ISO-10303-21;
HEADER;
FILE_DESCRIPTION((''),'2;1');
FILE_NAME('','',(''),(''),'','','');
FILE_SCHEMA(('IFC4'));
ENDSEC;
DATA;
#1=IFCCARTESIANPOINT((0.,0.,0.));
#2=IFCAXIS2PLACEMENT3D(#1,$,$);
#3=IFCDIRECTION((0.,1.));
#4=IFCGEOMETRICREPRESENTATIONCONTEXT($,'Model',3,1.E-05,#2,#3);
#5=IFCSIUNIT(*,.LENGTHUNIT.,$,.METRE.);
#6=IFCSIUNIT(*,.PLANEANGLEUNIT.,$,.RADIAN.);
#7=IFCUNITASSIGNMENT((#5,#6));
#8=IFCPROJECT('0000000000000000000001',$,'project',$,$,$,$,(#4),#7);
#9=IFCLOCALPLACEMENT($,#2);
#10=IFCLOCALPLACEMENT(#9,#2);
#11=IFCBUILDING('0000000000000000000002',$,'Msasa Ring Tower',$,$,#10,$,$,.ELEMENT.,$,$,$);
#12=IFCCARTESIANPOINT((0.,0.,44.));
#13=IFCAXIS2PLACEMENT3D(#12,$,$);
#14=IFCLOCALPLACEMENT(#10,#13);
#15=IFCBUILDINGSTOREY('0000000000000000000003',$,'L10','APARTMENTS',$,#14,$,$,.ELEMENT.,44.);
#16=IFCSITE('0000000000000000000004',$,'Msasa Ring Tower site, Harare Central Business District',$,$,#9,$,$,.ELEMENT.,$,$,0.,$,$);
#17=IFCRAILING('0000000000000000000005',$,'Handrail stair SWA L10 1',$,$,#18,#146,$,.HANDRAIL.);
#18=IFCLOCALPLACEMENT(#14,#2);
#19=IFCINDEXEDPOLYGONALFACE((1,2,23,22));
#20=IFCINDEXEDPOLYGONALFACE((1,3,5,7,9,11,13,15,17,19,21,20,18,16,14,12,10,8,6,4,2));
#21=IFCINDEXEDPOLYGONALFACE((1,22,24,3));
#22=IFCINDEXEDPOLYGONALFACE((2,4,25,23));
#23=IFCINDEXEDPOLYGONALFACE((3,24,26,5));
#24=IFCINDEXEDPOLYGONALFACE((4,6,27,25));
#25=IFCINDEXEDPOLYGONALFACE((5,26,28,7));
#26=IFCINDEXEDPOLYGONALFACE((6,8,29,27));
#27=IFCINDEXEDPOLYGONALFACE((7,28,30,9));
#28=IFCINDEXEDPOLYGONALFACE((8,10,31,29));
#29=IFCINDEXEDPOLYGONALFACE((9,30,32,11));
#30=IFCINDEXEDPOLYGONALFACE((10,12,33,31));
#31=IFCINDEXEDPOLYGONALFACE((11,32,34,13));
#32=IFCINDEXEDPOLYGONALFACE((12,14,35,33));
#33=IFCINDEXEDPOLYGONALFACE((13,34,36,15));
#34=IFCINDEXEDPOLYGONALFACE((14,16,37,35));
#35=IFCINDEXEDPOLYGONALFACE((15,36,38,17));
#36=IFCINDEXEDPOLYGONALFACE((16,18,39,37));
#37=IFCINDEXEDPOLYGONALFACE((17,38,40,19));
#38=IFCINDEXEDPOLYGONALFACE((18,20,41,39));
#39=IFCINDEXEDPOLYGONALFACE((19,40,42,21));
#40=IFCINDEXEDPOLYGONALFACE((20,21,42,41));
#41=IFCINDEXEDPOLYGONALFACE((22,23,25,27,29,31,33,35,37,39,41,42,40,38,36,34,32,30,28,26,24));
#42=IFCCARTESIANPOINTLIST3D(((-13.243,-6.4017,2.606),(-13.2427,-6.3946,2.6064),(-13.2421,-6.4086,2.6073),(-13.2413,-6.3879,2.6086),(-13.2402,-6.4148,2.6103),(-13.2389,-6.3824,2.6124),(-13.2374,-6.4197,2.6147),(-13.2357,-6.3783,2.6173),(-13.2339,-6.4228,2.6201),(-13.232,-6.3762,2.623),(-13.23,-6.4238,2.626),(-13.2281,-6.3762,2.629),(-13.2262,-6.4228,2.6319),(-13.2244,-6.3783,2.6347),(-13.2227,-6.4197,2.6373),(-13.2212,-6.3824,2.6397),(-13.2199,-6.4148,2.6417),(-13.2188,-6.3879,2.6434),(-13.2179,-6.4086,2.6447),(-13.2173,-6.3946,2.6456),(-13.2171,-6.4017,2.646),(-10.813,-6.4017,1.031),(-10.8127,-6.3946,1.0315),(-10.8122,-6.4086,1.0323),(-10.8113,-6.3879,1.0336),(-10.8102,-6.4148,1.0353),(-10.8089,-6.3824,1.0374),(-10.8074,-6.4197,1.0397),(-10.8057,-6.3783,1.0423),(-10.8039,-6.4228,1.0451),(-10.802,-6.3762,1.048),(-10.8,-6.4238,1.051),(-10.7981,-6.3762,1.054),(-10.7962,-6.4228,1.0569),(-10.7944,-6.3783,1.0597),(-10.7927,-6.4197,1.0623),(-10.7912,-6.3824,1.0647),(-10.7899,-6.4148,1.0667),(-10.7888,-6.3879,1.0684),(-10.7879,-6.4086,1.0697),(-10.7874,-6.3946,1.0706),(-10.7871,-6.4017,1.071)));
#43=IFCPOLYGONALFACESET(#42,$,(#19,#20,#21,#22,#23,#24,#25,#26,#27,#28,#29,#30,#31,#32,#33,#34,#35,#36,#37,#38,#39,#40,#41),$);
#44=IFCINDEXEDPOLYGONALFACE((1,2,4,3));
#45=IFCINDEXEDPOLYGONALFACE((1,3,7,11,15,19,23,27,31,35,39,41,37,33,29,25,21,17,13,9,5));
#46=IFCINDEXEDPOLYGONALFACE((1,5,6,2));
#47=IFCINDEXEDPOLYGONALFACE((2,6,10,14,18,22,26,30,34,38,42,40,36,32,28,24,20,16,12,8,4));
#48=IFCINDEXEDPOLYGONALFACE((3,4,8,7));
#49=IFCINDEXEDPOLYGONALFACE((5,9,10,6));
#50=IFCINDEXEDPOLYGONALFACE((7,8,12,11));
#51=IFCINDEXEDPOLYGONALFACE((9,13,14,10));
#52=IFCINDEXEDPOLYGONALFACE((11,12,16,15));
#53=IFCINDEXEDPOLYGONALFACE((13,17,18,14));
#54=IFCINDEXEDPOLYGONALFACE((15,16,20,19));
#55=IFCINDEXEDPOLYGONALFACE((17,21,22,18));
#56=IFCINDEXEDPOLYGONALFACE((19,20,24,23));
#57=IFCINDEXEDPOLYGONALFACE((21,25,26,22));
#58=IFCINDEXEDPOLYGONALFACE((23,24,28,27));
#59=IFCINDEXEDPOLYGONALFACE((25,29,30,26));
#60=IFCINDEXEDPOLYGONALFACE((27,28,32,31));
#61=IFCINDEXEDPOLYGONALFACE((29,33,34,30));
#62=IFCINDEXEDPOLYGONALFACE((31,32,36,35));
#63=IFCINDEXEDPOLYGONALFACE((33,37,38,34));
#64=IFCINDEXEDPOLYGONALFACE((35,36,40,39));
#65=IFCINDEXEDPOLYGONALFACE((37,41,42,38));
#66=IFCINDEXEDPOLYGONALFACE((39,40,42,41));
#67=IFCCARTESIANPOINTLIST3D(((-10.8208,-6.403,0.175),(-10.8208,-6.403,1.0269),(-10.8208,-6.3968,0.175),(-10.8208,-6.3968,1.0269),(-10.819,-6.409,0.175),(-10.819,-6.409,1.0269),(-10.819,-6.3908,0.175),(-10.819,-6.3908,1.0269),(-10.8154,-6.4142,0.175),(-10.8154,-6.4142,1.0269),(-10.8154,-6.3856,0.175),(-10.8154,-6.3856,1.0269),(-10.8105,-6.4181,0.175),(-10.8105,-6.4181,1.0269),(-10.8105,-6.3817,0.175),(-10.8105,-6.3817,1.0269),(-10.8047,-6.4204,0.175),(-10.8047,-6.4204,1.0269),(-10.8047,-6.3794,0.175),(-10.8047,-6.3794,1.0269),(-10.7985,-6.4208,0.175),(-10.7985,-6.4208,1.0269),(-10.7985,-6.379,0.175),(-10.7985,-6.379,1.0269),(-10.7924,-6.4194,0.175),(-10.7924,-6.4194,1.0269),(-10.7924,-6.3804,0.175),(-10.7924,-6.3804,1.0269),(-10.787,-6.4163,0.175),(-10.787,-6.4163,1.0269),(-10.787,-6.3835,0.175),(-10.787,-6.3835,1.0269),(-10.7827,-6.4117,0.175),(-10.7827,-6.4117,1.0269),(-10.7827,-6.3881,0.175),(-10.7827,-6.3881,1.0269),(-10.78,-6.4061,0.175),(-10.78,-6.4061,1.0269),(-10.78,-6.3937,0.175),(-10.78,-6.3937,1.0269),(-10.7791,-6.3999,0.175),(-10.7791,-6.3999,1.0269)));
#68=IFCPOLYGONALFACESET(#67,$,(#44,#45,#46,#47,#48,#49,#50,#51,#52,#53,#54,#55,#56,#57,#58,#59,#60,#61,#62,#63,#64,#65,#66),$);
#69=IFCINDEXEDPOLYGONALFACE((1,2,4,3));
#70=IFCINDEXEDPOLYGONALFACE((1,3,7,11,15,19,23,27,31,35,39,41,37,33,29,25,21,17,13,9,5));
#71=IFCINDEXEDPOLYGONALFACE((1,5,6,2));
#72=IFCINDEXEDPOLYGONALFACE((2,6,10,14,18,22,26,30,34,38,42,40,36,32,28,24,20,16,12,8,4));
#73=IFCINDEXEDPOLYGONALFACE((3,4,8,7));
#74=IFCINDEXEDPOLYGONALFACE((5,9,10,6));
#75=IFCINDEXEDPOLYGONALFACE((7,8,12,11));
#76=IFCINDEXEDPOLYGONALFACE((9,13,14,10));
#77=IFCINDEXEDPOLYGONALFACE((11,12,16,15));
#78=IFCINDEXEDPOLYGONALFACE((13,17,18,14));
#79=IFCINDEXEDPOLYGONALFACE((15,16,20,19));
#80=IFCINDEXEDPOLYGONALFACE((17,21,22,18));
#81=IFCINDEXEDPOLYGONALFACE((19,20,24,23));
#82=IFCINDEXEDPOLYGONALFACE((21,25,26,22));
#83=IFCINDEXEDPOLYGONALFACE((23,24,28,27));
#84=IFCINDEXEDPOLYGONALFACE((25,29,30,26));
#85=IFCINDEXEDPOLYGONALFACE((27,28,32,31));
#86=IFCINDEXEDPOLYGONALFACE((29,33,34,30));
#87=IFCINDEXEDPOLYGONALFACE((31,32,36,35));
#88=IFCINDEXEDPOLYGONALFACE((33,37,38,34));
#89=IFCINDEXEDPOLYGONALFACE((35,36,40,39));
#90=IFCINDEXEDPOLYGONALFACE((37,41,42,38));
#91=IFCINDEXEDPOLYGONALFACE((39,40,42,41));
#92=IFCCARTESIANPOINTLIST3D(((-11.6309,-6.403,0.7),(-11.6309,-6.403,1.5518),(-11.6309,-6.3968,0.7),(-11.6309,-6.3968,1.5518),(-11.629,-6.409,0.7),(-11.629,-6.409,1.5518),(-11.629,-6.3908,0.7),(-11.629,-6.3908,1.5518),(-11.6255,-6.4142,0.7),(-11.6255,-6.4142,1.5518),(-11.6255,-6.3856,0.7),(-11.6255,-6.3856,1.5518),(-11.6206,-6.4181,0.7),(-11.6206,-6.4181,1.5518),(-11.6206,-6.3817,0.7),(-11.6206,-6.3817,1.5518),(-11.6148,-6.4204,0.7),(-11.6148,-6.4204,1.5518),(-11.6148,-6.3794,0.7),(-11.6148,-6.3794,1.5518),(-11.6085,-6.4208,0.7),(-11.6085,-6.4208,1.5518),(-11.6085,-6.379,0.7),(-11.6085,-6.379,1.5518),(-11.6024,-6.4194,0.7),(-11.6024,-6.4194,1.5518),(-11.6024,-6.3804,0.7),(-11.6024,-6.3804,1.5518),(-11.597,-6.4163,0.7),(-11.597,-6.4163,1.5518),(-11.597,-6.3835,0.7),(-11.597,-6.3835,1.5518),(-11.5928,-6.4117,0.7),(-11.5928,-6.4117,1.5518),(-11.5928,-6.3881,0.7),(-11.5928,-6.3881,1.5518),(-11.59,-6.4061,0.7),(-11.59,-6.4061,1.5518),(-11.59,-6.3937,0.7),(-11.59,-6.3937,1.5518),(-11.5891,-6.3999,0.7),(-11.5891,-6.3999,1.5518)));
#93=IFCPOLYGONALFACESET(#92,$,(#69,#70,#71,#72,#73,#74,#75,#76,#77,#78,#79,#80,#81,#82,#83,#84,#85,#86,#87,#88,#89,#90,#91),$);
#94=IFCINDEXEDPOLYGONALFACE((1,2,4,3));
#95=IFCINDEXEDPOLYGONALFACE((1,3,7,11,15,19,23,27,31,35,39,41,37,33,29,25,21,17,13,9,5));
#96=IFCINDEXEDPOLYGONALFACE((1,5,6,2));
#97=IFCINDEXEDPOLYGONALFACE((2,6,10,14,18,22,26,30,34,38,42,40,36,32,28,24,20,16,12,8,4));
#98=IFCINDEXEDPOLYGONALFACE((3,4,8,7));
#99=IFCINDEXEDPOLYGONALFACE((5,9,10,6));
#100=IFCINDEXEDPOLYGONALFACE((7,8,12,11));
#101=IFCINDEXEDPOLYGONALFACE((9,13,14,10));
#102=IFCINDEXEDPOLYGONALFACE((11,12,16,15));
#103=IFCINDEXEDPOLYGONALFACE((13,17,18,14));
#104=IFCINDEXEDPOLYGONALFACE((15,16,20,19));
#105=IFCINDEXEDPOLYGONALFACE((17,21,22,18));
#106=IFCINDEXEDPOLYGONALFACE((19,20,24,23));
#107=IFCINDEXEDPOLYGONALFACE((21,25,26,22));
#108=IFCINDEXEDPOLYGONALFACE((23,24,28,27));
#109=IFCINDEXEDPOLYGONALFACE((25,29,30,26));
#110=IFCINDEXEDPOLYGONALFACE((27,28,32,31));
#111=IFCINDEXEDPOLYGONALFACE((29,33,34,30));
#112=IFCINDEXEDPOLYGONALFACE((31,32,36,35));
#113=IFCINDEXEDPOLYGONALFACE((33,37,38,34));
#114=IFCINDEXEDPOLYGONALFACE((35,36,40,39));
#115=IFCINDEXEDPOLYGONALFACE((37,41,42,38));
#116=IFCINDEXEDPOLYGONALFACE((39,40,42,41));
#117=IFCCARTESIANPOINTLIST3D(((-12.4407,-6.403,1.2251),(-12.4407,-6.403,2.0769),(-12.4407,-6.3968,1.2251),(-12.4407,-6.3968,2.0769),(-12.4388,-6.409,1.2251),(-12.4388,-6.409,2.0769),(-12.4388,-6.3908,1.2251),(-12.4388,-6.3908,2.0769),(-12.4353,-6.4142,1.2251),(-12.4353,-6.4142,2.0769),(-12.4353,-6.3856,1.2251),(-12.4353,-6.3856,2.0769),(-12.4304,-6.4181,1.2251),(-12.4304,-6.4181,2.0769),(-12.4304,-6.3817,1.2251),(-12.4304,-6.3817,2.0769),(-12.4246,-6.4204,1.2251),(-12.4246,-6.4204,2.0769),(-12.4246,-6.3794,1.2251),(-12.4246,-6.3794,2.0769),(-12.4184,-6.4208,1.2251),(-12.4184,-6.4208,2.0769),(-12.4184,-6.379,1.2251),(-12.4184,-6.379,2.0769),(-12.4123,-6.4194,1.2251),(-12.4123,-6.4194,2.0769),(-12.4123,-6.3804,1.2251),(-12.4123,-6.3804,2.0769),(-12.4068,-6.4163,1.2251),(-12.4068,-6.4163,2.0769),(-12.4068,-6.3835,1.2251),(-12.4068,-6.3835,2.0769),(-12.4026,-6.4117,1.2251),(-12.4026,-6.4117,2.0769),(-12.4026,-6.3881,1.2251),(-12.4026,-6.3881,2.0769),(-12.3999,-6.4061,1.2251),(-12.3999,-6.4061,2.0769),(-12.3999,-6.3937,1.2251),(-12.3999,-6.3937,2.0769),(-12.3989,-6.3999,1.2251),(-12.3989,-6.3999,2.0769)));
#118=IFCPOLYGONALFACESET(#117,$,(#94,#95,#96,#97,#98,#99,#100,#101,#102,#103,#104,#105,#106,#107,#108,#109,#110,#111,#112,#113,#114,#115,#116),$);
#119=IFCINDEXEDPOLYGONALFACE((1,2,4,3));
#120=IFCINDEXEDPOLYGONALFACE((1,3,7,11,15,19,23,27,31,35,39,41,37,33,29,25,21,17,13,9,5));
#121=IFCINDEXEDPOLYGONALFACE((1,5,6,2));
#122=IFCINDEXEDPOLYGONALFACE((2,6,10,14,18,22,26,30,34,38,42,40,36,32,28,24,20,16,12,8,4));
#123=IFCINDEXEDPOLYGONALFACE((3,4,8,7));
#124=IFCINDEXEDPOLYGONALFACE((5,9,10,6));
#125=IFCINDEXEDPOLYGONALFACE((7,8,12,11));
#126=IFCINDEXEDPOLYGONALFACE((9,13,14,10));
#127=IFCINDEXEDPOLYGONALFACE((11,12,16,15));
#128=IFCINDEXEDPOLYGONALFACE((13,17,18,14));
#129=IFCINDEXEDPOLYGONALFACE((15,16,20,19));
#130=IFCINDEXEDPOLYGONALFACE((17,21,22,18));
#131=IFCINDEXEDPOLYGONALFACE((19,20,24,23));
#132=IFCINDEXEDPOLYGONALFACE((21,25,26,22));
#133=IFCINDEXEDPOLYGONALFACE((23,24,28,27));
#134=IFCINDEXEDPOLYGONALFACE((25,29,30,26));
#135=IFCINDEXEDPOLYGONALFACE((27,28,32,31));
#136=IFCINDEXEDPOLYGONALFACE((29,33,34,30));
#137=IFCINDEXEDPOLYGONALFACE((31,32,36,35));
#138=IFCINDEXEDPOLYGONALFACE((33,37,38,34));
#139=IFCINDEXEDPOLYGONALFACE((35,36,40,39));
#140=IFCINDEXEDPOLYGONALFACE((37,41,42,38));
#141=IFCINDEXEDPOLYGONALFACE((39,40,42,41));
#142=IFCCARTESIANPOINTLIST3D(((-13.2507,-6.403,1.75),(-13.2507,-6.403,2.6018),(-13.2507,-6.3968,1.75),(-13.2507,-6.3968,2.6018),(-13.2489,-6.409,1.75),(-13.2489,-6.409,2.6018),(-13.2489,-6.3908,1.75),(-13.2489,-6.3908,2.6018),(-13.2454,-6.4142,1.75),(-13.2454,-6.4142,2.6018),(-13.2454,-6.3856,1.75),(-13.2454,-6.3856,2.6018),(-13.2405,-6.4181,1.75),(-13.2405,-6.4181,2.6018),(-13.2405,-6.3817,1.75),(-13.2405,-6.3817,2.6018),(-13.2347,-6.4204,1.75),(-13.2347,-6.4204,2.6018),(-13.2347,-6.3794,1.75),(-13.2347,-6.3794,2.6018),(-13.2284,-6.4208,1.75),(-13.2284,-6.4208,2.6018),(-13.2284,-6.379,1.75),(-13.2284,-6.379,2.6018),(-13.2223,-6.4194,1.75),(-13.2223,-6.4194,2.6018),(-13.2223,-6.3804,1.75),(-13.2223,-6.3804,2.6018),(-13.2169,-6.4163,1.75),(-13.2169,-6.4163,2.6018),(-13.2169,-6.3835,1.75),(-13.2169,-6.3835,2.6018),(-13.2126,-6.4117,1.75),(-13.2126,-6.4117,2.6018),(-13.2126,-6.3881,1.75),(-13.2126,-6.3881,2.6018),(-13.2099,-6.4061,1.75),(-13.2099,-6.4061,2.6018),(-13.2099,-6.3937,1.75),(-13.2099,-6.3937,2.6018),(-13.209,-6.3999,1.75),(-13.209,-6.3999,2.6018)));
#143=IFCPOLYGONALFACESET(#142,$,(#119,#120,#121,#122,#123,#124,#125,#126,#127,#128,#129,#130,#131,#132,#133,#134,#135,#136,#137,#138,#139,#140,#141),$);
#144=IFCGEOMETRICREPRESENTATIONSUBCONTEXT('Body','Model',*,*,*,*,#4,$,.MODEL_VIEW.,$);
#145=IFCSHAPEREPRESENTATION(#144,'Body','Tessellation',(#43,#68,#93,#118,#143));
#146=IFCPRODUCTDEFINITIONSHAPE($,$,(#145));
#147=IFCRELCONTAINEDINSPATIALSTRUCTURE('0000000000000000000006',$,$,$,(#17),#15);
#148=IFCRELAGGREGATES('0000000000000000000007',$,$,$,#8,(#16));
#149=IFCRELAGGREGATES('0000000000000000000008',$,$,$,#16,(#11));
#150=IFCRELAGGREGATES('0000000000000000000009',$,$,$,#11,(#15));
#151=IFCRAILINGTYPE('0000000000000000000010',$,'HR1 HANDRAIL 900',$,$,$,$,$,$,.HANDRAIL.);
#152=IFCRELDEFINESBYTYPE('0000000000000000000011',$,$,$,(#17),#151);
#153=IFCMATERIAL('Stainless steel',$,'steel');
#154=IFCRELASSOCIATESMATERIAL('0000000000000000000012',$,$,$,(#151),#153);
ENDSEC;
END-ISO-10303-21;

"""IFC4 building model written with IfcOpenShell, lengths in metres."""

from ifc_helpers import new_model, si_unit, direction, frame, origin, origin_2d, place, context, subcontext, project, spatial, circle, extrude, material, type_object, element, save


model = new_model("IFC4")

# Units and contexts
model_context = context("Model", 3, precision=1e-05, world=origin(), true_north=direction((0.0, 1.0)))
body_context = subcontext(model_context, "Body", "Model", "MODEL_VIEW")
ifc_project = project(units=[si_unit("LENGTHUNIT", "METRE"), si_unit("PLANEANGLEUNIT", "RADIAN")], contexts=[model_context])

# Site, building, storey
site_placement = place(None, origin())
site = spatial("IfcSite", under=ifc_project, at=site_placement, Name="Msasa Ring Tower site, Harare Central Business District", CompositionType="ELEMENT", RefElevation=0.0)
building_placement = place(site_placement, origin())
building = spatial("IfcBuilding", under=site, at=building_placement, Name="Msasa Ring Tower", CompositionType="ELEMENT")
storey_placement = place(building_placement, frame((0.0, 0.0, 44.0)))
storey = spatial("IfcBuildingStorey", under=building, at=storey_placement, Name="L10", Description="APARTMENTS", CompositionType="ELEMENT", Elevation=44.0)

# Railing
ifc_material_1 = material(Name="Stainless steel", Category="steel")
railing_type = type_object("IfcRailingType", Name="HR1 HANDRAIL 900", PredefinedType="HANDRAIL", material=ifc_material_1)
for number, where, name in (
    (1, (-10.8, -6.3999, 0.175), "Handrail stair SWA L10 1"),
):
    element("IfcRailing", number, at=place(storey_placement, frame(where)), inside=storey, type_object=railing_type, Name=name, PredefinedType="HANDRAIL", context=body_context, shape_type="SweptSolid", body=[
        extrude(circle(Radius=0.0239, at=origin_2d()), frame((0.0, 0.0, 0.876), z_axis=(-0.839154, 0.0, 0.543894), x_axis=(0.0, -1.0, 0.0)), (0.0, 0.0, 1.0), 2.8958),
        extrude(circle(Radius=0.021, at=origin_2d()), origin(), (0.0, 0.0, 1.0), 0.8518),
        extrude(circle(Radius=0.021, at=origin_2d()), frame((-0.8101, 0.0, 0.5249)), (0.0, 0.0, 1.0), 0.8518),
        extrude(circle(Radius=0.021, at=origin_2d()), frame((-1.6199, 0.0, 1.05)), (0.0, 0.0, 1.0), 0.8518),
        extrude(circle(Radius=0.021, at=origin_2d()), frame((-2.4299, 0.0, 1.575)), (0.0, 0.0, 1.0), 0.8518),
    ])

save(model, "model.ifc")
